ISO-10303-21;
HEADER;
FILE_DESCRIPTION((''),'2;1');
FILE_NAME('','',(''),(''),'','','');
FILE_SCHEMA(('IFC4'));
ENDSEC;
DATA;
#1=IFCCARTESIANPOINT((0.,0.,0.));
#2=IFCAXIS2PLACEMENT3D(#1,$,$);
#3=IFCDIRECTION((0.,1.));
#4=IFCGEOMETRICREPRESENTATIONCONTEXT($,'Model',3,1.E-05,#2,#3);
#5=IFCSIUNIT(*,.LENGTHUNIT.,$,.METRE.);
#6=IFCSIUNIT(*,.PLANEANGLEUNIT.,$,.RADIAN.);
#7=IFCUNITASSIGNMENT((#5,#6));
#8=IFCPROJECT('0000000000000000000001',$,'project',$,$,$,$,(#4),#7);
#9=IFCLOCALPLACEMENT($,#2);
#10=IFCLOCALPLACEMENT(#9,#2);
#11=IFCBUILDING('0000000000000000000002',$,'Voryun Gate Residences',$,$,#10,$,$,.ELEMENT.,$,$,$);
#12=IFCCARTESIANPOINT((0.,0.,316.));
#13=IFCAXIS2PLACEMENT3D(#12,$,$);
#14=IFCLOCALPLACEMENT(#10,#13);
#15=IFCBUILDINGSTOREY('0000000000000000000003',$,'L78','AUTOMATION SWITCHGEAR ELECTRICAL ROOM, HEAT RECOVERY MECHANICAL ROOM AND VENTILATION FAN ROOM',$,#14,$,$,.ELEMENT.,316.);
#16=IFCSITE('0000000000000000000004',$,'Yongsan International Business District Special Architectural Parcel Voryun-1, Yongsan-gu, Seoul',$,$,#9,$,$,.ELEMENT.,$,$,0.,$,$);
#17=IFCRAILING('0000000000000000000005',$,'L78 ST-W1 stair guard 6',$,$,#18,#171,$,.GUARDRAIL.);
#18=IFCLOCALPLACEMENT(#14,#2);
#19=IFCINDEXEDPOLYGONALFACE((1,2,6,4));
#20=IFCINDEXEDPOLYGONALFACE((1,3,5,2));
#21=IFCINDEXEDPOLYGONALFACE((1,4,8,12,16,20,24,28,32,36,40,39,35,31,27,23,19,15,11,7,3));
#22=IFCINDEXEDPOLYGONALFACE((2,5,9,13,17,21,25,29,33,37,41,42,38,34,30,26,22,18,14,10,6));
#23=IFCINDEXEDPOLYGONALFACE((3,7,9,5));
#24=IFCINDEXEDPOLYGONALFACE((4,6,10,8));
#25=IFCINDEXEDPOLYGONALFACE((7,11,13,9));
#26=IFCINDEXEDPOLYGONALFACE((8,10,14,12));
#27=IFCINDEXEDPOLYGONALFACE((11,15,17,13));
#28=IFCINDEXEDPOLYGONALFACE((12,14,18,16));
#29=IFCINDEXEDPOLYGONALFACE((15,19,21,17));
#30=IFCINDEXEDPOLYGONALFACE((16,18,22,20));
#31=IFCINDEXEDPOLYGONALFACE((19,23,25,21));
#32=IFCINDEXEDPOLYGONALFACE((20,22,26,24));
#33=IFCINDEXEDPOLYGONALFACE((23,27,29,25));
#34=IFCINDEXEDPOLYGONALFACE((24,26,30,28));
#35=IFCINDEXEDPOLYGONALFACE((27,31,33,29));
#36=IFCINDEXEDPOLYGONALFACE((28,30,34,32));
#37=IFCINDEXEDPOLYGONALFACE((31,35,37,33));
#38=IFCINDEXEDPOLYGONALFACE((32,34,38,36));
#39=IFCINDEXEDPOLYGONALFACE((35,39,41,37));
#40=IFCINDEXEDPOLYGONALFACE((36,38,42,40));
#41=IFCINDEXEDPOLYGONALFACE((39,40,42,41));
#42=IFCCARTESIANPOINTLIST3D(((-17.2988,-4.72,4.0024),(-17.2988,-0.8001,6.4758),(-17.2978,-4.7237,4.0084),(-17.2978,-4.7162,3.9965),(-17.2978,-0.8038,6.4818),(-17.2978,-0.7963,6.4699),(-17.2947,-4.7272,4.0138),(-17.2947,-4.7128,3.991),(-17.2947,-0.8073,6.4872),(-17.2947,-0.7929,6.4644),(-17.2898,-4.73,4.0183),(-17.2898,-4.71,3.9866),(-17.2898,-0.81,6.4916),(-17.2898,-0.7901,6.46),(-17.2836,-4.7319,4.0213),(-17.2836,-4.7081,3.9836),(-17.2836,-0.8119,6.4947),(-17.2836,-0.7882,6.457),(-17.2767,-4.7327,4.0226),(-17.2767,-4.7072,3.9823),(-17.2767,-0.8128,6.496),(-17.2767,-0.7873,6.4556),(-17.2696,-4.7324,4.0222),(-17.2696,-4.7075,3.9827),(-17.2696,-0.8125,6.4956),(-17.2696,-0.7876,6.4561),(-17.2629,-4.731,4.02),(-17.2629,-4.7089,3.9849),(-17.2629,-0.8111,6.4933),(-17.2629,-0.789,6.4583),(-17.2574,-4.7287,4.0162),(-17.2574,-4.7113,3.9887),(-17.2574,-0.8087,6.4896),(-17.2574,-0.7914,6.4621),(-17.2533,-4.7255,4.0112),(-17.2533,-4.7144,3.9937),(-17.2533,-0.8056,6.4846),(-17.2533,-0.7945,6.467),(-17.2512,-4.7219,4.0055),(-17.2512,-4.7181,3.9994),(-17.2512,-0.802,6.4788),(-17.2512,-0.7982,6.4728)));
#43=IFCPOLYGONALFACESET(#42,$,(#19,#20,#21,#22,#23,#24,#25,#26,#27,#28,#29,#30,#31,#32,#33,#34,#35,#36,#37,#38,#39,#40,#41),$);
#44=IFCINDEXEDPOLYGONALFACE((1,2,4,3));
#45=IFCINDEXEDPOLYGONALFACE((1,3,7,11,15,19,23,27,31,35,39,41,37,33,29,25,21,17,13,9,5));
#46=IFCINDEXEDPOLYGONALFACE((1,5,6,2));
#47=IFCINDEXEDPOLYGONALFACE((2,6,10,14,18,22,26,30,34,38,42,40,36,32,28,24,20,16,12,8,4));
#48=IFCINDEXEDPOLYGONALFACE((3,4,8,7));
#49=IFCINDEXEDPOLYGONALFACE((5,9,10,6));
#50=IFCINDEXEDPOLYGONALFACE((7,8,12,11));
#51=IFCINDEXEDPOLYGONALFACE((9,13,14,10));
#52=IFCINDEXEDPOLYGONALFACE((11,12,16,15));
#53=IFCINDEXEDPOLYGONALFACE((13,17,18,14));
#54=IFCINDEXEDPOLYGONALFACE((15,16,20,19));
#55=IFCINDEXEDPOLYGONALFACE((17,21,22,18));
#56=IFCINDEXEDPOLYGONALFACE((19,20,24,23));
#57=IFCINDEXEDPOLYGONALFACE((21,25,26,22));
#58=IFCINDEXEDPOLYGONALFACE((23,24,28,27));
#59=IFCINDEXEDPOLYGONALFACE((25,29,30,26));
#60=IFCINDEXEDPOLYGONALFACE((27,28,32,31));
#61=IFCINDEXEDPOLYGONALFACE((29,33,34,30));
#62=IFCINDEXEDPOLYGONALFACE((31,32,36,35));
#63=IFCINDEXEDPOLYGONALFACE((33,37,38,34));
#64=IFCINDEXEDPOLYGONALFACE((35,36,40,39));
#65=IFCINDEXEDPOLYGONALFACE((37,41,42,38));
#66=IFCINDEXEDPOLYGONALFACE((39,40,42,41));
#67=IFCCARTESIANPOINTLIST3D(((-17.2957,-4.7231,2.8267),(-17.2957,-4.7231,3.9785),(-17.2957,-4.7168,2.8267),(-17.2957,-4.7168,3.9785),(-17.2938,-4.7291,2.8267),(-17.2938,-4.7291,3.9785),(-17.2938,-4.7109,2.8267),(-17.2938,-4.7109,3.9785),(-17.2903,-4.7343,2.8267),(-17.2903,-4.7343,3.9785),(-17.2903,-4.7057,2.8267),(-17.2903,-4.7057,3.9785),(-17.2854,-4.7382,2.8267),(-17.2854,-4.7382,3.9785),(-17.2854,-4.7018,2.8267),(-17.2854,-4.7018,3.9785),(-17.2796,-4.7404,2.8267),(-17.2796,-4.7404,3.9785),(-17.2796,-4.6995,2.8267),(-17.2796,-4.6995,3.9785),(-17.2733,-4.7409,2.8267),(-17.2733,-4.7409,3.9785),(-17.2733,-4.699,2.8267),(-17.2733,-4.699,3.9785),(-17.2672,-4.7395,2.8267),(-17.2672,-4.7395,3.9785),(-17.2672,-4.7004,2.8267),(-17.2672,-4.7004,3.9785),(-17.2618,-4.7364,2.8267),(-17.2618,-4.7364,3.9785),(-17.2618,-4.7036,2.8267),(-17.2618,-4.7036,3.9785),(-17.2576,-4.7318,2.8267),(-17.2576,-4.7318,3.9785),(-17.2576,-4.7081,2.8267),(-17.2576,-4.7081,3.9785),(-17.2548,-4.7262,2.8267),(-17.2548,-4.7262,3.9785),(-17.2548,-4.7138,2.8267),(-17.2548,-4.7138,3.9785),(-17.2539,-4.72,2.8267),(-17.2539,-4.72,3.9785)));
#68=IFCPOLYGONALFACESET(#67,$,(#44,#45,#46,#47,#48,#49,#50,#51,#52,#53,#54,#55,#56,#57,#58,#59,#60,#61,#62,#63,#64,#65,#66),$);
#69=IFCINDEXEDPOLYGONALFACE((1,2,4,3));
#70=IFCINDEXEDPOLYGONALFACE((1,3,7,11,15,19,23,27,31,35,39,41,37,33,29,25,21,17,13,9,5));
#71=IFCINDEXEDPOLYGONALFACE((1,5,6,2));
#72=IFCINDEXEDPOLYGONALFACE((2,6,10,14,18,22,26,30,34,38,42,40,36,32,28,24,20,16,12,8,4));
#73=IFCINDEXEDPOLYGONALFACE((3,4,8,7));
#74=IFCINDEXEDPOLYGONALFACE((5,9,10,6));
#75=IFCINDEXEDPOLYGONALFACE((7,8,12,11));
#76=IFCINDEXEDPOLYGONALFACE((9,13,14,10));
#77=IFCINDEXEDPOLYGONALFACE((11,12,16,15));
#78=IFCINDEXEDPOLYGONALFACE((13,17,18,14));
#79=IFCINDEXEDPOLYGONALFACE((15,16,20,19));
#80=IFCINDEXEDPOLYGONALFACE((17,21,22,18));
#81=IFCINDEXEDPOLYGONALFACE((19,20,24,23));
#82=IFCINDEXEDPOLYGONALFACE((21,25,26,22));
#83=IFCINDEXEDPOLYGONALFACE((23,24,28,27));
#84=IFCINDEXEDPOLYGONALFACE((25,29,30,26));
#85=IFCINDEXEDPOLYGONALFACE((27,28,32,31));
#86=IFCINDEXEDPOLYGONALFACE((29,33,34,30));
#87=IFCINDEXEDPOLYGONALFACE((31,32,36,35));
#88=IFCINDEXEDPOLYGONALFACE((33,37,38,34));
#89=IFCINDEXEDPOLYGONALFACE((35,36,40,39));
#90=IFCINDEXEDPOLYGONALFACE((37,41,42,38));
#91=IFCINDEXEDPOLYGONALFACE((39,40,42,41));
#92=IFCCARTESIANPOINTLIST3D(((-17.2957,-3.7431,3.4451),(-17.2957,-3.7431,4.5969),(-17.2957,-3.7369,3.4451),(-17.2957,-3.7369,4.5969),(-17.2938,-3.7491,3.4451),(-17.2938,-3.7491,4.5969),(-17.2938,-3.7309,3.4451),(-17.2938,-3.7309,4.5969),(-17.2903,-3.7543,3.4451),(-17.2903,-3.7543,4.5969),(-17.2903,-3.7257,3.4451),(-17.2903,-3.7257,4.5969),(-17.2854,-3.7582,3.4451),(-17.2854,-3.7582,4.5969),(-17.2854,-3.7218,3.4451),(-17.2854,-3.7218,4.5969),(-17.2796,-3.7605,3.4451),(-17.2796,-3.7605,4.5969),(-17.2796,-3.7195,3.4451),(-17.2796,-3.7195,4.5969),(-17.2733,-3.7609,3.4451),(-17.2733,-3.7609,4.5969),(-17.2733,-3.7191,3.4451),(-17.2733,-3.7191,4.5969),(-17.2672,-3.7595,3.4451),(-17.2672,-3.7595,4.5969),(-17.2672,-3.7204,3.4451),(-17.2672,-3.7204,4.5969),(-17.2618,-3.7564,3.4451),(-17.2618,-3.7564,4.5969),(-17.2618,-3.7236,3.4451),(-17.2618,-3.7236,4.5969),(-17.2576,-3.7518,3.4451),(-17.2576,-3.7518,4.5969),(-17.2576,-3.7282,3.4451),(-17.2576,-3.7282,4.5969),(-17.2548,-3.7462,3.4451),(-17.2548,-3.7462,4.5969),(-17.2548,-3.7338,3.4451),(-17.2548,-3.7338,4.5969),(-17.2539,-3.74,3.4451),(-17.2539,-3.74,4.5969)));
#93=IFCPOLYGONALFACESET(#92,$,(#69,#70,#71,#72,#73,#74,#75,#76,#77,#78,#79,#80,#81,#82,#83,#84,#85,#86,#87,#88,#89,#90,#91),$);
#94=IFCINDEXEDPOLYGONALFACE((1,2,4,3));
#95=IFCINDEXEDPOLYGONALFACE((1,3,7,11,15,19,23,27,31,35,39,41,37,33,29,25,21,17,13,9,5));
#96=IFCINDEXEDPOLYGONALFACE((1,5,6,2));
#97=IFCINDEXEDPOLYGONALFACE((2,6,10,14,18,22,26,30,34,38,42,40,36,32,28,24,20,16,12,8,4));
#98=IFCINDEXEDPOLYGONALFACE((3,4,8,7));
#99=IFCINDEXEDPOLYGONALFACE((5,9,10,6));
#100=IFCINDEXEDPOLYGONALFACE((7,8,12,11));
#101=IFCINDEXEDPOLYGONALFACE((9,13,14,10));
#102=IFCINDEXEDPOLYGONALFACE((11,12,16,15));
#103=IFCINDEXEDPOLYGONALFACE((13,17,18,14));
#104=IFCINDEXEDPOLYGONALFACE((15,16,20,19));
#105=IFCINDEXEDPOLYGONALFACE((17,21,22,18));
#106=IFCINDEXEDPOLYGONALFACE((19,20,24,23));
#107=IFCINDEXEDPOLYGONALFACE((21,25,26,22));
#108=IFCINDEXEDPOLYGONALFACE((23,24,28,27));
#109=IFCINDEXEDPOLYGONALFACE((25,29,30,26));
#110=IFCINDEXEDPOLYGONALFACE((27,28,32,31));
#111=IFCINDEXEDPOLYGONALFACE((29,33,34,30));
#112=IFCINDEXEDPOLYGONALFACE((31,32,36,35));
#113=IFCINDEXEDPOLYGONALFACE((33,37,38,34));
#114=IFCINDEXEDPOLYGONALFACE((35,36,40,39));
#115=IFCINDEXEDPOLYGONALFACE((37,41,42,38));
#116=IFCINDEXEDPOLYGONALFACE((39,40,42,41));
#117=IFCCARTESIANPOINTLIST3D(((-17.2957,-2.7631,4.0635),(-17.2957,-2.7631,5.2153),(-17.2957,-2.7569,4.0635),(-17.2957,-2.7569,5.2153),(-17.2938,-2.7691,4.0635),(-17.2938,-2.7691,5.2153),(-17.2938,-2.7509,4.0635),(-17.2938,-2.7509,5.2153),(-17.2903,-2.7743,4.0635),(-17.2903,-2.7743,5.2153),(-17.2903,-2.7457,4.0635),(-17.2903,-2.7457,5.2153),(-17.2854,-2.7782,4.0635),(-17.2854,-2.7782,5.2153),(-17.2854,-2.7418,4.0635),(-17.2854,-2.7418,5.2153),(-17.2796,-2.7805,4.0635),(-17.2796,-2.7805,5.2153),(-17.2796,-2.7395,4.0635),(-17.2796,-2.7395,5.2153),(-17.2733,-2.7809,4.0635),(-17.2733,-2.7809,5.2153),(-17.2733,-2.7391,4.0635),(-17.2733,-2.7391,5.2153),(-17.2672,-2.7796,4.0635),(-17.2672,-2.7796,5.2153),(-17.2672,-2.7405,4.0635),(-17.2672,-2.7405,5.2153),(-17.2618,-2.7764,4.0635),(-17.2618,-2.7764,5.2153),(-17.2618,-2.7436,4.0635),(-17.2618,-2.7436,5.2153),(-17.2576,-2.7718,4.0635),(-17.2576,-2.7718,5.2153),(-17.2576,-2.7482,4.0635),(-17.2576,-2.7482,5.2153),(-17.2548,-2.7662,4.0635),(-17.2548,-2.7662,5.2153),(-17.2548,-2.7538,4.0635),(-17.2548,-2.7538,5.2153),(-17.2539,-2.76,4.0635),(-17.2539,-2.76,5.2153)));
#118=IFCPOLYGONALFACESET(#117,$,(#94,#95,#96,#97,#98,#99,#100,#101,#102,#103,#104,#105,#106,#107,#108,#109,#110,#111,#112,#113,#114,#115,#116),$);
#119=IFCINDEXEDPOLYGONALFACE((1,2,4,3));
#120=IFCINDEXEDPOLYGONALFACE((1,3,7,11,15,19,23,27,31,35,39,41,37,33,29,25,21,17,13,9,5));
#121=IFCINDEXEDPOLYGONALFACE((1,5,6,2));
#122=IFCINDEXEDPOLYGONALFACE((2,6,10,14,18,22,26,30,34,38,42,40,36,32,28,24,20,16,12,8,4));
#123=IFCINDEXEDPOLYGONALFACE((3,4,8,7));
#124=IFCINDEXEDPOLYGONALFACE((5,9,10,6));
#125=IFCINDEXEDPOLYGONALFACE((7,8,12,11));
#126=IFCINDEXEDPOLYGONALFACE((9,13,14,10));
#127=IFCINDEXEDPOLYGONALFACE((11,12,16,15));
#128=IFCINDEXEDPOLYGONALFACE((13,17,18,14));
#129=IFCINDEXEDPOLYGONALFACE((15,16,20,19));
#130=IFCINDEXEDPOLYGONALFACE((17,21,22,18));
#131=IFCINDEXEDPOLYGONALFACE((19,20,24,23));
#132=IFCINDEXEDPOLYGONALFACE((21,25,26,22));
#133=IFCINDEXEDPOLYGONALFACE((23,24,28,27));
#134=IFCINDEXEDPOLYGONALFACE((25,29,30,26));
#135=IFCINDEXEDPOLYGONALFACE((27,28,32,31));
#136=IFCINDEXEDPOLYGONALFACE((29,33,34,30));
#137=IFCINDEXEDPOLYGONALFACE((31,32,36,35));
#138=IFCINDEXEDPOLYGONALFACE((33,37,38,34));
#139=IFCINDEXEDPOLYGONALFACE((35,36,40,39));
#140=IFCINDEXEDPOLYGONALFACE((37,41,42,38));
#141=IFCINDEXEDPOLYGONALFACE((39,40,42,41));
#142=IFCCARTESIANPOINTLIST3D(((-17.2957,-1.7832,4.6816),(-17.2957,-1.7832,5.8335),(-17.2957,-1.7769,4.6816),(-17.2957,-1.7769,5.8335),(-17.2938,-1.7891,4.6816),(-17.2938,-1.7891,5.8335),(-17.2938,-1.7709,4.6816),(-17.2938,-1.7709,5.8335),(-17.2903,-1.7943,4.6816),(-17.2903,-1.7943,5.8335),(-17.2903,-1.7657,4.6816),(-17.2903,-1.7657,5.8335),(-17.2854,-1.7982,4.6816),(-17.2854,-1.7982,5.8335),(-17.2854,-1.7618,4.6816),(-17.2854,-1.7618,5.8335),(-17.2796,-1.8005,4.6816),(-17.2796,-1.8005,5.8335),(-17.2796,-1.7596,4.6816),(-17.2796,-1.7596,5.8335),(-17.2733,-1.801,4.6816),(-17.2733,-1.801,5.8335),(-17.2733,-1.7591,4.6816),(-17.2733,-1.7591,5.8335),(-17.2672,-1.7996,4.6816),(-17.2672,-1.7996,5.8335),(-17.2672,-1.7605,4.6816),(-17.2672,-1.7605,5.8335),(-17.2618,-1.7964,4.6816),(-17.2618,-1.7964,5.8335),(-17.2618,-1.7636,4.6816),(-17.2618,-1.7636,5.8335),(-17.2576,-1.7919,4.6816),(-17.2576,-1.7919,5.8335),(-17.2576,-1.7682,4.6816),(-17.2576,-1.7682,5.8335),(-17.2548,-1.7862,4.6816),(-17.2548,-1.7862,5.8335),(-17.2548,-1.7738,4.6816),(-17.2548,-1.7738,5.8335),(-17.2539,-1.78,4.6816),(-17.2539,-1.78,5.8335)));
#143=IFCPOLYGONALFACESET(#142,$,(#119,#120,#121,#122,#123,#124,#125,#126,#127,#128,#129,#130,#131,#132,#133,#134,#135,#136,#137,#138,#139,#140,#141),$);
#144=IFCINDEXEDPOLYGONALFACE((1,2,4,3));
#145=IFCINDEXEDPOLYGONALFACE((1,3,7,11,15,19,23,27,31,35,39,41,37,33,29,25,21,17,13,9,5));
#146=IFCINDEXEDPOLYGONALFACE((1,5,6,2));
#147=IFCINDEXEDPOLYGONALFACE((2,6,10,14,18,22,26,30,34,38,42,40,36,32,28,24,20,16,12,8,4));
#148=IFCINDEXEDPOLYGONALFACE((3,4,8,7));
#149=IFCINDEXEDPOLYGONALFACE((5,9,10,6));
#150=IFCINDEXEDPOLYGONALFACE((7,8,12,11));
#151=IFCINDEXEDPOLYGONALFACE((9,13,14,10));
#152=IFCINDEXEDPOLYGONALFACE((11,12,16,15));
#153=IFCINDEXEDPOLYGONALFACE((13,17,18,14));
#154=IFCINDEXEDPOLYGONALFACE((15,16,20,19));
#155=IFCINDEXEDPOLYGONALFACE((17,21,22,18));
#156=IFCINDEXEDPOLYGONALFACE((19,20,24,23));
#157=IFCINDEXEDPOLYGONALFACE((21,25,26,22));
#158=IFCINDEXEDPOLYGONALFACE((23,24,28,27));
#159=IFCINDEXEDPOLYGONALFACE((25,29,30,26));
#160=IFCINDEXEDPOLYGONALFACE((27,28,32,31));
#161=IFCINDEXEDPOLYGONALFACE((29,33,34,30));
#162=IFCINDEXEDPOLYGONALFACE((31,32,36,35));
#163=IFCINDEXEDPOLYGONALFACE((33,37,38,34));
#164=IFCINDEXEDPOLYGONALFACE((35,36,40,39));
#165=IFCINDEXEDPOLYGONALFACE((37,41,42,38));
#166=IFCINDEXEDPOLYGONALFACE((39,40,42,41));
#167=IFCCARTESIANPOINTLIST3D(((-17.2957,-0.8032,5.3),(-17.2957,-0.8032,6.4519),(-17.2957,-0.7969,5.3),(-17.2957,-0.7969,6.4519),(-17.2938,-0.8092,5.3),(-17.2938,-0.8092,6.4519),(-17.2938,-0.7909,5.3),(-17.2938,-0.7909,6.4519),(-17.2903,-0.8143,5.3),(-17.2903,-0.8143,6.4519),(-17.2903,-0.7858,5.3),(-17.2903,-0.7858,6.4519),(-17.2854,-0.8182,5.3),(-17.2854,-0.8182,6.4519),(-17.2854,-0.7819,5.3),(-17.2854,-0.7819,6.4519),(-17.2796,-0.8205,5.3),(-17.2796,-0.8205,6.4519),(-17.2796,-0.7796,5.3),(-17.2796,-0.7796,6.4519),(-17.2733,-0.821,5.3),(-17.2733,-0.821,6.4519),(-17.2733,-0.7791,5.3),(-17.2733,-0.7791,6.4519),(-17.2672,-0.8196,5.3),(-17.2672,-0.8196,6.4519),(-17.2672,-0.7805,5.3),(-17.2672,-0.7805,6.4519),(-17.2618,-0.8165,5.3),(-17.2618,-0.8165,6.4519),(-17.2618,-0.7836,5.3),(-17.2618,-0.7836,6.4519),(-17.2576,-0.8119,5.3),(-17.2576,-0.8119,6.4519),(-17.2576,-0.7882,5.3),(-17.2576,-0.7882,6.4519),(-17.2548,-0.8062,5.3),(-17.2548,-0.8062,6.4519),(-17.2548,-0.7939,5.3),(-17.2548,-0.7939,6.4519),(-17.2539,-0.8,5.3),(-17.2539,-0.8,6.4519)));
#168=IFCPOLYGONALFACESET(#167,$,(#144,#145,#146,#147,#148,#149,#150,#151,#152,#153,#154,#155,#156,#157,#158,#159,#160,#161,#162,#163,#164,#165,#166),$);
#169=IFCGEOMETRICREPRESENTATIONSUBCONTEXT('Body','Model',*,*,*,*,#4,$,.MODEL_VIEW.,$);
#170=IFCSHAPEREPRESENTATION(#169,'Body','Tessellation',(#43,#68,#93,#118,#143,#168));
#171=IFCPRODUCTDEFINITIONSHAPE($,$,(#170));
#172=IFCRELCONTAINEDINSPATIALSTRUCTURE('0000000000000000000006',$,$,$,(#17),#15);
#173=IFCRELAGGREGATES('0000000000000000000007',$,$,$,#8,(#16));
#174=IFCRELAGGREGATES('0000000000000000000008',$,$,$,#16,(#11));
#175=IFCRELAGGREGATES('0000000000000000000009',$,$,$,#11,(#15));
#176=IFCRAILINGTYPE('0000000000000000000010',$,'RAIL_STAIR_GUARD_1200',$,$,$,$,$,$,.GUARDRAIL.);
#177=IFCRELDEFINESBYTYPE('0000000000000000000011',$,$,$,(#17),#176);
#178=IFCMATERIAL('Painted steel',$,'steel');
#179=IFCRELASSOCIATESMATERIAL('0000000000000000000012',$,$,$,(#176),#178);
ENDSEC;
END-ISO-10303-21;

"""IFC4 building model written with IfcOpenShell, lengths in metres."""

from ifc_helpers import new_model, si_unit, direction, frame, origin, origin_2d, place, context, subcontext, project, spatial, circle, extrude, material, type_object, element, save


model = new_model("IFC4")

# Units and contexts
model_context = context("Model", 3, precision=1e-05, world=origin(), true_north=direction((0.0, 1.0)))
body_context = subcontext(model_context, "Body", "Model", "MODEL_VIEW")
ifc_project = project(units=[si_unit("LENGTHUNIT", "METRE"), si_unit("PLANEANGLEUNIT", "RADIAN")], contexts=[model_context])

# Site, building, storey
site_placement = place(None, origin())
site = spatial("IfcSite", under=ifc_project, at=site_placement, Name="Yongsan International Business District Special Architectural Parcel Voryun-1, Yongsan-gu, Seoul", CompositionType="ELEMENT", RefElevation=0.0)
building_placement = place(site_placement, origin())
building = spatial("IfcBuilding", under=site, at=building_placement, Name="Voryun Gate Residences", CompositionType="ELEMENT")
storey_placement = place(building_placement, frame((0.0, 0.0, 316.0)))
storey = spatial("IfcBuildingStorey", under=building, at=storey_placement, Name="L78", Description="AUTOMATION SWITCHGEAR ELECTRICAL ROOM, HEAT RECOVERY MECHANICAL ROOM AND VENTILATION FAN ROOM", CompositionType="ELEMENT", Elevation=316.0)

# Railing
ifc_material_1 = material(Name="Painted steel", Category="steel")
railing_type_1 = type_object("IfcRailingType", Name="RAIL_STAIR_GUARD_1200", PredefinedType="GUARDRAIL", material=ifc_material_1)
railing_1_placement = place(storey_placement, frame((-17.2749, -4.72, 2.8267)))
element("IfcRailing", 1, at=railing_1_placement, inside=storey, type_object=railing_type_1, Name="L78 ST-W1 stair guard 6", PredefinedType="GUARDRAIL", context=body_context, shape_type="SweptSolid", body=[
    extrude(circle(Radius=0.0239, at=origin_2d()), frame((0.0, 0.0, 1.1758), z_axis=(0.0, 0.845718, 0.53363), x_axis=(-1.0, 0.0, 0.0)), (0.0, 0.0, 1.0), 4.635),
    extrude(circle(Radius=0.021, at=origin_2d()), origin(), (0.0, 0.0, 1.0), 1.1519),
    extrude(circle(Radius=0.021, at=origin_2d()), frame((0.0, 0.98, 0.6184)), (0.0, 0.0, 1.0), 1.1519),
    extrude(circle(Radius=0.021, at=origin_2d()), frame((0.0, 1.96, 1.2368)), (0.0, 0.0, 1.0), 1.1519),
    extrude(circle(Radius=0.021, at=origin_2d()), frame((0.0, 2.9399, 1.855)), (0.0, 0.0, 1.0), 1.1519),
    extrude(circle(Radius=0.021, at=origin_2d()), frame((0.0, 3.9199, 2.4734)), (0.0, 0.0, 1.0), 1.1519),
])

save(model, "model.ifc")
